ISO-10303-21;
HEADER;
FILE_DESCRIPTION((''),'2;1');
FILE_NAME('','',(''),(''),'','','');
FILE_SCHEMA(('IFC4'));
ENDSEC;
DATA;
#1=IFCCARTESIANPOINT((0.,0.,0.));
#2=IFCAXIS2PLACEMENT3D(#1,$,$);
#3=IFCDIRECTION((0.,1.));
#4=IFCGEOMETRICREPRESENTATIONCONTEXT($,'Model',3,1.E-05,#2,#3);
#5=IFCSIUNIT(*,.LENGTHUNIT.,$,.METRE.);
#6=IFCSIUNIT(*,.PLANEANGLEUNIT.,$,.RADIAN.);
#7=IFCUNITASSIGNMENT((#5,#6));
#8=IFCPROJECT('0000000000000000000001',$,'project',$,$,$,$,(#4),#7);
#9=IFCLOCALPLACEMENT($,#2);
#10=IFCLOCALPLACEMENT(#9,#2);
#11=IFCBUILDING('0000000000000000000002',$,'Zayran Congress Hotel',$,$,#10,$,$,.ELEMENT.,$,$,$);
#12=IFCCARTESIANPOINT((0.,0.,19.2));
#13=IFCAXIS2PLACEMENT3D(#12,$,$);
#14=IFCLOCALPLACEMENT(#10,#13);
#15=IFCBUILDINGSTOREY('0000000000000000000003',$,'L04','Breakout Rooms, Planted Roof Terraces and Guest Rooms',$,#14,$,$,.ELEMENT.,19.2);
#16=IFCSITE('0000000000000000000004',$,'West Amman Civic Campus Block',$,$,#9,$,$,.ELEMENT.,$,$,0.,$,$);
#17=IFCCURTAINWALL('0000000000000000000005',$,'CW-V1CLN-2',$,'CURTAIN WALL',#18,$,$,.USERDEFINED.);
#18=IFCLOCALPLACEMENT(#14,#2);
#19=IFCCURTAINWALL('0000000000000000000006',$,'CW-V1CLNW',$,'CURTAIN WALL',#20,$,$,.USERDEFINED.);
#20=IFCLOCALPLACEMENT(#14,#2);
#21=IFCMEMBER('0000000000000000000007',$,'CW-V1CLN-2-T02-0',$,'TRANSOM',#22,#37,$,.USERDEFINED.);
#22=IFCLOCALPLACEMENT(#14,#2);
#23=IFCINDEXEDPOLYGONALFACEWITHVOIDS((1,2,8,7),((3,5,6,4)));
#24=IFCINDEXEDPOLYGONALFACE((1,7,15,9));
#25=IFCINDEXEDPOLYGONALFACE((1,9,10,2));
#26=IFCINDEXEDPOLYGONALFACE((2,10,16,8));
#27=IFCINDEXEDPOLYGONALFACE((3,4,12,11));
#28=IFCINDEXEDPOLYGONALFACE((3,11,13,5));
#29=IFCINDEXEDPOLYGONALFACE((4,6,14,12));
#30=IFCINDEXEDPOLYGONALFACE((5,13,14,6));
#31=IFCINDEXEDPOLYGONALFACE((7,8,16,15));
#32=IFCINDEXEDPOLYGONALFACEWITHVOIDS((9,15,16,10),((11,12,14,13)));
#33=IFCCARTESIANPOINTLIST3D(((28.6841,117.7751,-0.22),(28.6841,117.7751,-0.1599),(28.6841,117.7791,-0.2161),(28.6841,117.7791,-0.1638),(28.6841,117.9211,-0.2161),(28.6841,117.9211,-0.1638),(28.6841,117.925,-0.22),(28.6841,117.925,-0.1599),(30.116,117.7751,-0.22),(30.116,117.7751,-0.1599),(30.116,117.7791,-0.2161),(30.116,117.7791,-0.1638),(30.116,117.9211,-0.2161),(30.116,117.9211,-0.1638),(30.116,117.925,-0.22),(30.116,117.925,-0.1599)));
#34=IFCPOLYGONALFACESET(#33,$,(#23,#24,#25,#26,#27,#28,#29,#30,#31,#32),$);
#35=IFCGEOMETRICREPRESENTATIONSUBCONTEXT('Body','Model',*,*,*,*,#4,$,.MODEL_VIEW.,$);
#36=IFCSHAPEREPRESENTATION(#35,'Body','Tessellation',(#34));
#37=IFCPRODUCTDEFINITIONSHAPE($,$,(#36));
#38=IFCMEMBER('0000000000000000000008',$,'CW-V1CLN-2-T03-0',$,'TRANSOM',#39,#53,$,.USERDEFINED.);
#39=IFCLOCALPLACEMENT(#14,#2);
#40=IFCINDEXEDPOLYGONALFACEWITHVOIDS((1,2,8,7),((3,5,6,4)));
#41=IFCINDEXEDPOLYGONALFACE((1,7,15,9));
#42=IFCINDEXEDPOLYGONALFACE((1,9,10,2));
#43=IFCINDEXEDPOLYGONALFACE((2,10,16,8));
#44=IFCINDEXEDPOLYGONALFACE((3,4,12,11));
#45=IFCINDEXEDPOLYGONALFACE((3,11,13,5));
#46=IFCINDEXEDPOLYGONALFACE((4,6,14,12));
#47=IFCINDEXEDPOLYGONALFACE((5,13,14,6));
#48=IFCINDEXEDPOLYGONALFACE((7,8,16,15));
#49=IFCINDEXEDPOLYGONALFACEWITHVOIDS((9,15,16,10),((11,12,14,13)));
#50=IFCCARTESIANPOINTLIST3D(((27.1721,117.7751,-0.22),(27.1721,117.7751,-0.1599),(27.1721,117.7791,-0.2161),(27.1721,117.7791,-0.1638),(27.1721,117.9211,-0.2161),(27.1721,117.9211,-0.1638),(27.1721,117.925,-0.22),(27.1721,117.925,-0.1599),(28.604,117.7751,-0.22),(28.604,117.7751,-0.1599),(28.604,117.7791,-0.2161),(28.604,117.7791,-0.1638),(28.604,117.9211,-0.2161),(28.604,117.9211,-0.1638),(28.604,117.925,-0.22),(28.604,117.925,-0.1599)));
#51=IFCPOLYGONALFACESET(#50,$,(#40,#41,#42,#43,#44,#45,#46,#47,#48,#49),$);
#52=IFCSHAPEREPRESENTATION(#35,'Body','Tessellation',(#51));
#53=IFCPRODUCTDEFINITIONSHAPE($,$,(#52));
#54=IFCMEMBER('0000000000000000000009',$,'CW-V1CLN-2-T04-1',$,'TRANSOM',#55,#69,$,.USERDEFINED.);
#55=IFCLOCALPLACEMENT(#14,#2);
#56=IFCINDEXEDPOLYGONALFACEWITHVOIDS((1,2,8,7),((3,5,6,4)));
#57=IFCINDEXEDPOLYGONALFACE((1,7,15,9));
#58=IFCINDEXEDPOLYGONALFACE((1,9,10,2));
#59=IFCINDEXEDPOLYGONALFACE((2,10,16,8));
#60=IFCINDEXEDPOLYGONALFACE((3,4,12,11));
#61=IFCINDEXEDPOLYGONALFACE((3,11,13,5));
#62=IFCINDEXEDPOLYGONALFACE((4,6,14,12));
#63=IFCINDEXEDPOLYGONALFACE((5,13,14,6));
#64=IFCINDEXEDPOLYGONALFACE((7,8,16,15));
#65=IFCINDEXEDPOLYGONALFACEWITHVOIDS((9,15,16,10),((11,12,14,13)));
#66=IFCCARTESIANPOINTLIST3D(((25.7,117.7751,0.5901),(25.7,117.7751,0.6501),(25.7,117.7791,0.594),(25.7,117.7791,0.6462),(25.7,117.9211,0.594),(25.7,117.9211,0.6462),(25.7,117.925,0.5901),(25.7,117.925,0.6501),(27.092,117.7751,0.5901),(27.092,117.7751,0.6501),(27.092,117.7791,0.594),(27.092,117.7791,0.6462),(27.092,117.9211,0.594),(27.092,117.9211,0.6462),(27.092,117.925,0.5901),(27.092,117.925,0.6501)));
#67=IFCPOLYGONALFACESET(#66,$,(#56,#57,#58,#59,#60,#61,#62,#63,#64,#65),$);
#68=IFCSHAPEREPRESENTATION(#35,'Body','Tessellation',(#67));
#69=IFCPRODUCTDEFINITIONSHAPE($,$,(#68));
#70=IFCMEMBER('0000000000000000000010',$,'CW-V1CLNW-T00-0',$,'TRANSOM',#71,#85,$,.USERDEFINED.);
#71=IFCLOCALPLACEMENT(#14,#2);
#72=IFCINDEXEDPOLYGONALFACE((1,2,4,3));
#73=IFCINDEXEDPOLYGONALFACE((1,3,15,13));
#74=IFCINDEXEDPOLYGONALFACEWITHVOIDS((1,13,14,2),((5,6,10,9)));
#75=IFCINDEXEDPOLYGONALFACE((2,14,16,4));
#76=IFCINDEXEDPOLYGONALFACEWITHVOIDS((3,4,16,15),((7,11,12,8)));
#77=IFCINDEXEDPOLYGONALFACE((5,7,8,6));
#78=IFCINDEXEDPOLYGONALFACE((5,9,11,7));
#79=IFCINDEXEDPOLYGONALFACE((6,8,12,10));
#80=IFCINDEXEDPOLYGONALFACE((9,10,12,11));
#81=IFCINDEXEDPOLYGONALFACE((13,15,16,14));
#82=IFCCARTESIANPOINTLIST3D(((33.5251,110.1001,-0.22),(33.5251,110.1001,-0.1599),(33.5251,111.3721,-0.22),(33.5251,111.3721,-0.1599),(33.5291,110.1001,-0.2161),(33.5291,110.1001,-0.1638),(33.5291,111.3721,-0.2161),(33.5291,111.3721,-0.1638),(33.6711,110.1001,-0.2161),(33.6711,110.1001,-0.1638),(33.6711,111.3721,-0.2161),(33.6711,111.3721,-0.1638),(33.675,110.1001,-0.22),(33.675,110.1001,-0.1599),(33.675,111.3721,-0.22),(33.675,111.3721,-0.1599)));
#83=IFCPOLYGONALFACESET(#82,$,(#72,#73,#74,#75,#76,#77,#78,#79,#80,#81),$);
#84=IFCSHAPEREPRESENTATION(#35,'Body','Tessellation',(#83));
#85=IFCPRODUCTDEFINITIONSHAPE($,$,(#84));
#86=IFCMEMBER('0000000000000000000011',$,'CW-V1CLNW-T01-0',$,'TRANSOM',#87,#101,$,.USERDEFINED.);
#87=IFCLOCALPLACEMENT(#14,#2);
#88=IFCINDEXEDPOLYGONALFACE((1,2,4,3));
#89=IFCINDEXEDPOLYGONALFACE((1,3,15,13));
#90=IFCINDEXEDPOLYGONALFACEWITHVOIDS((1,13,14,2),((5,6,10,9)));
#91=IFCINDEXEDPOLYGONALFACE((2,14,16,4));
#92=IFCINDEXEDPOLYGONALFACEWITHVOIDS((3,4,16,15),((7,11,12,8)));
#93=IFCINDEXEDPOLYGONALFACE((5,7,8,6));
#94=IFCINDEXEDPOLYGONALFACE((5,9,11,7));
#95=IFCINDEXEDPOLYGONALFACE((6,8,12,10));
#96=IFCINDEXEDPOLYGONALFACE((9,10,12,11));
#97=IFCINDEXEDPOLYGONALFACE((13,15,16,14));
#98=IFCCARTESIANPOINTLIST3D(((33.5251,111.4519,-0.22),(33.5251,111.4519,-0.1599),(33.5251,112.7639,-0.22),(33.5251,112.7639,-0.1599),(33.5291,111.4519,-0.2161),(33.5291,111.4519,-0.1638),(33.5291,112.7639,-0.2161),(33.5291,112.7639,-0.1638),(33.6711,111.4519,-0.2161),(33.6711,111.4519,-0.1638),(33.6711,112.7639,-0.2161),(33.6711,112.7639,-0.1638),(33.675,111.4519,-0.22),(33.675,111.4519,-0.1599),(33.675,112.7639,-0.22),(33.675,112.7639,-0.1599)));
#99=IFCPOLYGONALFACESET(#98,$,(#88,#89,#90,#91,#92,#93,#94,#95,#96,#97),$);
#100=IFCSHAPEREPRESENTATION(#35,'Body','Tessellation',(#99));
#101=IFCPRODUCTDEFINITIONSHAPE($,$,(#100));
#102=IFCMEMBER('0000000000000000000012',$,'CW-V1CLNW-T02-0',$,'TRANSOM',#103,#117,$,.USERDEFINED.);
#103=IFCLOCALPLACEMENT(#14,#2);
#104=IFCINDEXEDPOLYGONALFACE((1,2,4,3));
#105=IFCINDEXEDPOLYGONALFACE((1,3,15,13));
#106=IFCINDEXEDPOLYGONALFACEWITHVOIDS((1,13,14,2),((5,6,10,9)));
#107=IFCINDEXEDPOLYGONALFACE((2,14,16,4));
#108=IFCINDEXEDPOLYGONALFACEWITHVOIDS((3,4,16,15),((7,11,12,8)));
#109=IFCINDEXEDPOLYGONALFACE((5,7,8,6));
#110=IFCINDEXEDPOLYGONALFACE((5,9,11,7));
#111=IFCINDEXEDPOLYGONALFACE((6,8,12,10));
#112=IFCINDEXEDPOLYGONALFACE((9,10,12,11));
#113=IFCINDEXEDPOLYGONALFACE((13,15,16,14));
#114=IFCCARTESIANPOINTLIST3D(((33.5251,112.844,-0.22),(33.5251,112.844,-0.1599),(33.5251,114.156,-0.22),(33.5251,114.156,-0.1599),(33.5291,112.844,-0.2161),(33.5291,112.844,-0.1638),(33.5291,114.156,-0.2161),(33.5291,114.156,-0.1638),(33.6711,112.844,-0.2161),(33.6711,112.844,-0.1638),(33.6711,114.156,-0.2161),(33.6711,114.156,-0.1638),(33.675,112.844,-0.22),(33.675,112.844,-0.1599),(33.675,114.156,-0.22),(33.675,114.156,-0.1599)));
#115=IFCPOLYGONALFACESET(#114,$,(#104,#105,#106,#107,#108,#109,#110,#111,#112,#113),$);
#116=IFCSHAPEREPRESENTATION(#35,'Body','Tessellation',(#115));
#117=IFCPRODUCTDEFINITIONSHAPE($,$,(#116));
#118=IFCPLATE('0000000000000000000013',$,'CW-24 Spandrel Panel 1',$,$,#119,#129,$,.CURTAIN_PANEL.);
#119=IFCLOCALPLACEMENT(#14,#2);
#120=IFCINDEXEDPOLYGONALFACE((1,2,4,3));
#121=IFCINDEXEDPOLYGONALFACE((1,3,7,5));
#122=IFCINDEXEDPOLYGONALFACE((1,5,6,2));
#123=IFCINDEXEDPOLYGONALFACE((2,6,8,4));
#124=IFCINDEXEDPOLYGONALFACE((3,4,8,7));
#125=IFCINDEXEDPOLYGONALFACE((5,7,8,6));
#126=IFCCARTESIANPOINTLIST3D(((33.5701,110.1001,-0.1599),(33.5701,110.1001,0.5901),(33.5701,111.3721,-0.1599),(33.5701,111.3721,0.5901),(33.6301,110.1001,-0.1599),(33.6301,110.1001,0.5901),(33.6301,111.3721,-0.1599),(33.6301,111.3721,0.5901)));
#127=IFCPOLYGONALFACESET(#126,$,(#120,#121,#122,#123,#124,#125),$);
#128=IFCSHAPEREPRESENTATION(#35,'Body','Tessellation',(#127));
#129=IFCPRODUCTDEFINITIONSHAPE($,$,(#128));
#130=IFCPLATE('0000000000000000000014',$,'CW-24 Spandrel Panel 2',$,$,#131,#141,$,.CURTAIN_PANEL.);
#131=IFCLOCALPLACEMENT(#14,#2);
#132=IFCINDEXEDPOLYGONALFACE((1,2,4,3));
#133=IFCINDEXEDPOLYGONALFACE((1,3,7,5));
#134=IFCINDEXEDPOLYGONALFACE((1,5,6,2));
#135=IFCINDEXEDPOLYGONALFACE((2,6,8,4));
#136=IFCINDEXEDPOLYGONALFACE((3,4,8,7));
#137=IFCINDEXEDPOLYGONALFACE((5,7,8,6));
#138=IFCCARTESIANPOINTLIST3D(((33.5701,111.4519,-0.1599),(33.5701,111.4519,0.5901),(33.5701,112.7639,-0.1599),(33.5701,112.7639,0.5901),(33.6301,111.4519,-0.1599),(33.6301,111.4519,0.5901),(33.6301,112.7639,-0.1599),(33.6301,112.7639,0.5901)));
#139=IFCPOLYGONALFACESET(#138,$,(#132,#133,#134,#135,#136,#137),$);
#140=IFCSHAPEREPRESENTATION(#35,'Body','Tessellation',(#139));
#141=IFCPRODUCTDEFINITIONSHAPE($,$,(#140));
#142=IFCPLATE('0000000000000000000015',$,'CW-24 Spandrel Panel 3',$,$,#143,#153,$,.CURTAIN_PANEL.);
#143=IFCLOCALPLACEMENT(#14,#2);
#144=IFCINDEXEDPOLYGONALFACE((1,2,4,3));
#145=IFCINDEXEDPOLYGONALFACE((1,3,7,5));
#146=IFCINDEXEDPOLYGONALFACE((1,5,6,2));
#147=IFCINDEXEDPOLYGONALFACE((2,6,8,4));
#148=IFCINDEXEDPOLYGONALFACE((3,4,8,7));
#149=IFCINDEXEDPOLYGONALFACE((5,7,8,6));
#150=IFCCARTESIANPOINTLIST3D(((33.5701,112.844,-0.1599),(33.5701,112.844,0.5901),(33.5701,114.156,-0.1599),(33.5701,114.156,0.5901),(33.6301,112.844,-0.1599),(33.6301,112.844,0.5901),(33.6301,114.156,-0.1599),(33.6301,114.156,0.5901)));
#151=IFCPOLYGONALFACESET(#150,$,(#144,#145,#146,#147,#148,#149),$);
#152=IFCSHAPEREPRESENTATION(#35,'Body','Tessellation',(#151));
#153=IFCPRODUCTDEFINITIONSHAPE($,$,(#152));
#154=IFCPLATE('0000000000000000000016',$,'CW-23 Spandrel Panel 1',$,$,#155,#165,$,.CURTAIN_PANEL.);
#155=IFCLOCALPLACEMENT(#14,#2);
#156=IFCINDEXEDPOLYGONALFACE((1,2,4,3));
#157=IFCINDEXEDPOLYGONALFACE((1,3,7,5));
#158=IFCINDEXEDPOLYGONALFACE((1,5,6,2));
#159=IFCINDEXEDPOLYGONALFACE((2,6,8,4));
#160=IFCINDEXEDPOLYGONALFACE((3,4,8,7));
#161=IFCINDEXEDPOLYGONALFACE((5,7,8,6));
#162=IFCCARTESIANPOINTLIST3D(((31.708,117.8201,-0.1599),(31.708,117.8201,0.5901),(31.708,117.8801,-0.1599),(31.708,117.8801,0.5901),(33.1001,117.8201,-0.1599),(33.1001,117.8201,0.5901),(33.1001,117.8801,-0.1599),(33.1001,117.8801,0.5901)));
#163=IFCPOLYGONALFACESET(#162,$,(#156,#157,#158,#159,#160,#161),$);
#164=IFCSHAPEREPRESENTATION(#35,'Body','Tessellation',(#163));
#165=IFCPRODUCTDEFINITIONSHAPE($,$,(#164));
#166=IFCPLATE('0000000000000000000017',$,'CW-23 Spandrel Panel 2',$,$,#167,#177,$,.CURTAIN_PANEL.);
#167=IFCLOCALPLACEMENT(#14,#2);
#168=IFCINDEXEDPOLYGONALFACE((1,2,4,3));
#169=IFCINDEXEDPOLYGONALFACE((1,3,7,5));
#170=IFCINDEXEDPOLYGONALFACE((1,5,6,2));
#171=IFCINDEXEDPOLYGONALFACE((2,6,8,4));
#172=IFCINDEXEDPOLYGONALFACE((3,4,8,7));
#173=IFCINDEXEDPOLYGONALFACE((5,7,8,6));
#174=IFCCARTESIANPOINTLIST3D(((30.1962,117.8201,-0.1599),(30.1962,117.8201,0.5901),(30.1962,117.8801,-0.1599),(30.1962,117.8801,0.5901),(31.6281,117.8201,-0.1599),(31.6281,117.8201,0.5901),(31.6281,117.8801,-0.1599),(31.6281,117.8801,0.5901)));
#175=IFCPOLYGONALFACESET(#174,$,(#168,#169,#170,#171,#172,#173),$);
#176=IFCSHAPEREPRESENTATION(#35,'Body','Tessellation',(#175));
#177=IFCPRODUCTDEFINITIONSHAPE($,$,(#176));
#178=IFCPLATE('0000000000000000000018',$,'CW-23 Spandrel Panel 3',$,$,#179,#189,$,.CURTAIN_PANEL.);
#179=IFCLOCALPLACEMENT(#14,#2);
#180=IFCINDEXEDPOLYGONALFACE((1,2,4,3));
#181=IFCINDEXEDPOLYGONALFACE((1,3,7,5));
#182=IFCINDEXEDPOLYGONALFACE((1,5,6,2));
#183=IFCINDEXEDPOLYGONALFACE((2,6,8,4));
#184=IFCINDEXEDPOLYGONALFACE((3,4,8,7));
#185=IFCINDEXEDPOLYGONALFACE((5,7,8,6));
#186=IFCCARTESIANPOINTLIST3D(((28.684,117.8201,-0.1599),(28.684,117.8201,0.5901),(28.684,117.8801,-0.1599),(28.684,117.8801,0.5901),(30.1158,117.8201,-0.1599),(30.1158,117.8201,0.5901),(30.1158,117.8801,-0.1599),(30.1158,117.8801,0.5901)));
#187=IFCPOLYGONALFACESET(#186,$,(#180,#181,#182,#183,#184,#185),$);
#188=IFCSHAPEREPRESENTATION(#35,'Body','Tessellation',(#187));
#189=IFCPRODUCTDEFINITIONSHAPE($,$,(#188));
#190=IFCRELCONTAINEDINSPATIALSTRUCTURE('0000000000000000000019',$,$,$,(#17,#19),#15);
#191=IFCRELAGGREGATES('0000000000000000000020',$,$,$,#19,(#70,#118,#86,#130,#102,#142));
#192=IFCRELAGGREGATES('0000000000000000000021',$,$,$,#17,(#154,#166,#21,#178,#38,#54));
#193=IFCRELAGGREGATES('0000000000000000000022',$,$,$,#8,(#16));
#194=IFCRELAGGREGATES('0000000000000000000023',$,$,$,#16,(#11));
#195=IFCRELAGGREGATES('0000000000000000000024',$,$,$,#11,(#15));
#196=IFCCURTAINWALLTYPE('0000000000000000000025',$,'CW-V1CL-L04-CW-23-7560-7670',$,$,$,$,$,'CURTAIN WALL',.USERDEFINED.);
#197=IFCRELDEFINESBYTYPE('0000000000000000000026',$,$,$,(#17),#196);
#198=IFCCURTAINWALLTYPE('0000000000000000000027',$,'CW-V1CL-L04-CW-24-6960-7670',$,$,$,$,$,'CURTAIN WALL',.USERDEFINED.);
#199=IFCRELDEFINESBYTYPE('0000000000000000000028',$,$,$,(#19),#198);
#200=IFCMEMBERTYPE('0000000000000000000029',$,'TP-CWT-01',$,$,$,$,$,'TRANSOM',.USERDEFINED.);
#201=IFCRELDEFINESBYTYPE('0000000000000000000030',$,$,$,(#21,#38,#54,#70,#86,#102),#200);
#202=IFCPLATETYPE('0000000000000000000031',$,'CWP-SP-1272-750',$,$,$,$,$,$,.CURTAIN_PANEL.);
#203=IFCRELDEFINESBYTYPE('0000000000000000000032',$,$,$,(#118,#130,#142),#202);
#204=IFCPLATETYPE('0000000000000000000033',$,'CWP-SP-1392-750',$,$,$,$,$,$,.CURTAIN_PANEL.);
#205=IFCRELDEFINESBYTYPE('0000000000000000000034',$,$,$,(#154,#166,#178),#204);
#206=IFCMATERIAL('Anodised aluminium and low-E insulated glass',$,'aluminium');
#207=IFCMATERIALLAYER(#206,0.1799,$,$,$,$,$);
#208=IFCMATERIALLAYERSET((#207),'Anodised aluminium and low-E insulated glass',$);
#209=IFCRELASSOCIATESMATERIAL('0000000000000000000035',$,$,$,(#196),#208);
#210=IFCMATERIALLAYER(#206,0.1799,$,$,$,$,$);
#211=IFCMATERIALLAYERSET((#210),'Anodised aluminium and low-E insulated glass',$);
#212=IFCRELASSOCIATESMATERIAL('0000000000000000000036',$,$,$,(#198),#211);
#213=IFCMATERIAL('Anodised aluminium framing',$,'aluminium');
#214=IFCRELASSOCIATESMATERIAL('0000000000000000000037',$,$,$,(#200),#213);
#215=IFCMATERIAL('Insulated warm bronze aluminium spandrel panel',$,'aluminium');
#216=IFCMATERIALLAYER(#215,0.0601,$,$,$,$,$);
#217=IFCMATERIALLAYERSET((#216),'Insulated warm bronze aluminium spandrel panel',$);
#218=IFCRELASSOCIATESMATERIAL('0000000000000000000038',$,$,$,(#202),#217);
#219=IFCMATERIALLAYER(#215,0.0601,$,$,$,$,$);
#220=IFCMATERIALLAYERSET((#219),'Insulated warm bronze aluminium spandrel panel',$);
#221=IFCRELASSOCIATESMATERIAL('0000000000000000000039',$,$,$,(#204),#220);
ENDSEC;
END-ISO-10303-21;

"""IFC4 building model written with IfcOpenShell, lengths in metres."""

from ifc_helpers import new_model, si_unit, direction, frame, origin, origin_2d, place, context, subcontext, project, spatial, rectangle, hollow_rectangle, extrude, material, layer, layer_set, material_profile, profile_set, type_object, element, aggregate, save


model = new_model("IFC4")

# Units and contexts
model_context = context("Model", 3, precision=1e-05, world=origin(), true_north=direction((0.0, 1.0)))
body_context = subcontext(model_context, "Body", "Model", "MODEL_VIEW")
ifc_project = project(units=[si_unit("LENGTHUNIT", "METRE"), si_unit("PLANEANGLEUNIT", "RADIAN")], contexts=[model_context])

# Site, building, storey
site_placement = place(None, origin())
site = spatial("IfcSite", under=ifc_project, at=site_placement, Name="West Amman Civic Campus Block", CompositionType="ELEMENT", RefElevation=0.0)
building_placement = place(site_placement, origin())
building = spatial("IfcBuilding", under=site, at=building_placement, Name="Zayran Congress Hotel", CompositionType="ELEMENT")
storey_placement = place(building_placement, frame((0.0, 0.0, 19.2)))
storey = spatial("IfcBuildingStorey", under=building, at=storey_placement, Name="L04", Description="Breakout Rooms, Planted Roof Terraces and Guest Rooms", CompositionType="ELEMENT", Elevation=19.2)

# Curtain walls
ifc_material_1 = material(Name="Anodised aluminium and low-E insulated glass", Category="aluminium")
ifc_layer_1 = layer(ifc_material_1, 0.1799)
ifc_layer_set_1 = layer_set([ifc_layer_1], Name="Anodised aluminium and low-E insulated glass")
curtain_wall_type_1 = type_object("IfcCurtainWallType", Name="CW-V1CL-L04-CW-23-7560-7670", ElementType="CURTAIN WALL", PredefinedType="USERDEFINED", material=ifc_layer_set_1)
curtain_wall_1_placement = place(storey_placement, origin())
curtain_wall_1 = element("IfcCurtainWall", 1, at=curtain_wall_1_placement, inside=storey, type_object=curtain_wall_type_1, Name="CW-V1CLN-2", ObjectType="CURTAIN WALL", PredefinedType="USERDEFINED")
ifc_material_2 = material(Name="Anodised aluminium framing", Category="aluminium")
ifc_layer_2 = layer(ifc_material_1, 0.1799)
ifc_layer_set_2 = layer_set([ifc_layer_2], Name="Anodised aluminium and low-E insulated glass")
curtain_wall_type_2 = type_object("IfcCurtainWallType", Name="CW-V1CL-L04-CW-24-6960-7670", ElementType="CURTAIN WALL", PredefinedType="USERDEFINED", material=ifc_layer_set_2)
curtain_wall_2_placement = place(storey_placement, origin())
curtain_wall_2 = element("IfcCurtainWall", 2, at=curtain_wall_2_placement, inside=storey, type_object=curtain_wall_type_2, Name="CW-V1CLNW", ObjectType="CURTAIN WALL", PredefinedType="USERDEFINED")

# Members
ifc_material_profile_1 = material_profile(ifc_material_2, hollow_rectangle(XDim=0.0601, YDim=0.1499, WallThickness=0.0039, at=origin_2d()), Name="RHS 150x60x4")
ifc_profile_set_1 = profile_set([ifc_material_profile_1], Name="Anodised aluminium framing")
member_type_1 = type_object("IfcMemberType", Name="TP-CWT-01", ElementType="TRANSOM", PredefinedType="USERDEFINED", material=ifc_profile_set_1)
member_1_placement = place(storey_placement, frame((30.116, 117.8501, -0.1899), z_axis=(-1.0, 0.0, 0.0), x_axis=(0.0, 0.0, 1.0)))
member_1 = element("IfcMember", 3, at=member_1_placement, type_object=member_type_1, Name="CW-V1CLN-2-T02-0", ObjectType="TRANSOM", PredefinedType="USERDEFINED", context=body_context, shape_type="SweptSolid", body=[
    extrude(hollow_rectangle(XDim=0.0601, YDim=0.1499, WallThickness=0.0039, at=origin_2d()), origin(), (0.0, 0.0, 1.0), 1.4319),
])
member_2_placement = place(storey_placement, frame((28.604, 117.8501, -0.1899), z_axis=(-1.0, 0.0, 0.0), x_axis=(0.0, 0.0, 1.0)))
member_2 = element("IfcMember", 4, at=member_2_placement, type_object=member_type_1, Name="CW-V1CLN-2-T03-0", ObjectType="TRANSOM", PredefinedType="USERDEFINED", context=body_context, shape_type="SweptSolid", body=[
    extrude(hollow_rectangle(XDim=0.0601, YDim=0.1499, WallThickness=0.0039, at=origin_2d()), origin(), (0.0, 0.0, 1.0), 1.4319),
])
member_3_placement = place(storey_placement, frame((27.092, 117.8501, 0.6201), z_axis=(-1.0, 0.0, 0.0), x_axis=(0.0, 0.0, 1.0)))
member_3 = element("IfcMember", 5, at=member_3_placement, type_object=member_type_1, Name="CW-V1CLN-2-T04-1", ObjectType="TRANSOM", PredefinedType="USERDEFINED", context=body_context, shape_type="SweptSolid", body=[
    extrude(hollow_rectangle(XDim=0.0601, YDim=0.1499, WallThickness=0.0039, at=origin_2d()), origin(), (0.0, 0.0, 1.0), 1.3921),
])
member_4_placement = place(storey_placement, frame((33.6001, 110.1001, -0.1899), z_axis=(0.0, 1.0, 0.0), x_axis=(0.0, 0.0, 1.0)))
member_4 = element("IfcMember", 6, at=member_4_placement, type_object=member_type_1, Name="CW-V1CLNW-T00-0", ObjectType="TRANSOM", PredefinedType="USERDEFINED", context=body_context, shape_type="SweptSolid", body=[
    extrude(hollow_rectangle(XDim=0.0601, YDim=0.1499, WallThickness=0.0039, at=origin_2d()), origin(), (0.0, 0.0, 1.0), 1.272),
])
member_5_placement = place(storey_placement, frame((33.6001, 111.4519, -0.1899), z_axis=(0.0, 1.0, 0.0), x_axis=(0.0, 0.0, 1.0)))
member_5 = element("IfcMember", 7, at=member_5_placement, type_object=member_type_1, Name="CW-V1CLNW-T01-0", ObjectType="TRANSOM", PredefinedType="USERDEFINED", context=body_context, shape_type="SweptSolid", body=[
    extrude(hollow_rectangle(XDim=0.0601, YDim=0.1499, WallThickness=0.0039, at=origin_2d()), origin(), (0.0, 0.0, 1.0), 1.312),
])
member_6_placement = place(storey_placement, frame((33.6001, 112.844, -0.1899), z_axis=(0.0, 1.0, 0.0), x_axis=(0.0, 0.0, 1.0)))
member_6 = element("IfcMember", 8, at=member_6_placement, type_object=member_type_1, Name="CW-V1CLNW-T02-0", ObjectType="TRANSOM", PredefinedType="USERDEFINED", context=body_context, shape_type="SweptSolid", body=[
    extrude(hollow_rectangle(XDim=0.0601, YDim=0.1499, WallThickness=0.0039, at=origin_2d()), origin(), (0.0, 0.0, 1.0), 1.312),
])

# Plates
ifc_material_3 = material(Name="Insulated warm bronze aluminium spandrel panel", Category="aluminium")
ifc_layer_3 = layer(ifc_material_3, 0.0601)
ifc_layer_set_3 = layer_set([ifc_layer_3], Name="Insulated warm bronze aluminium spandrel panel")
plate_type_1 = type_object("IfcPlateType", Name="CWP-SP-1272-750", PredefinedType="CURTAIN_PANEL", material=ifc_layer_set_3)
plate_1_placement = place(storey_placement, frame((33.6001, 110.7361, -0.1599), z_axis=(0.0, 0.0, 1.0), x_axis=(0.0, 1.0, 0.0)))
plate_1 = element("IfcPlate", 9, at=plate_1_placement, type_object=plate_type_1, Name="CW-24 Spandrel Panel 1", PredefinedType="CURTAIN_PANEL", context=body_context, shape_type="SweptSolid", body=[
    extrude(rectangle(XDim=1.272, YDim=0.0601, at=origin_2d()), origin(), (0.0, 0.0, 1.0), 0.75),
])
plate_2_placement = place(storey_placement, frame((33.6001, 112.1079, -0.1599), z_axis=(0.0, 0.0, 1.0), x_axis=(0.0, 1.0, 0.0)))
plate_2 = element("IfcPlate", 10, at=plate_2_placement, type_object=plate_type_1, Name="CW-24 Spandrel Panel 2", PredefinedType="CURTAIN_PANEL", context=body_context, shape_type="SweptSolid", body=[
    extrude(rectangle(XDim=1.312, YDim=0.0601, at=origin_2d()), origin(), (0.0, 0.0, 1.0), 0.75),
])
plate_3_placement = place(storey_placement, frame((33.6001, 113.5, -0.1599), z_axis=(0.0, 0.0, 1.0), x_axis=(0.0, 1.0, 0.0)))
plate_3 = element("IfcPlate", 11, at=plate_3_placement, type_object=plate_type_1, Name="CW-24 Spandrel Panel 3", PredefinedType="CURTAIN_PANEL", context=body_context, shape_type="SweptSolid", body=[
    extrude(rectangle(XDim=1.312, YDim=0.0601, at=origin_2d()), origin(), (0.0, 0.0, 1.0), 0.75),
])
aggregate(curtain_wall_2, [member_4, plate_1, member_5, plate_2, member_6, plate_3])
ifc_layer_4 = layer(ifc_material_3, 0.0601)
ifc_layer_set_4 = layer_set([ifc_layer_4], Name="Insulated warm bronze aluminium spandrel panel")
plate_type_2 = type_object("IfcPlateType", Name="CWP-SP-1392-750", PredefinedType="CURTAIN_PANEL", material=ifc_layer_set_4)
plate_4_placement = place(storey_placement, frame((32.4041, 117.8501, -0.1599), z_axis=(0.0, 0.0, 1.0), x_axis=(1.0, 0.0, 0.0)))
plate_4 = element("IfcPlate", 12, at=plate_4_placement, type_object=plate_type_2, Name="CW-23 Spandrel Panel 1", PredefinedType="CURTAIN_PANEL", context=body_context, shape_type="SweptSolid", body=[
    extrude(rectangle(XDim=1.3921, YDim=0.0601, at=origin_2d()), origin(), (0.0, 0.0, 1.0), 0.75),
])
plate_5_placement = place(storey_placement, frame((30.9121, 117.8501, -0.1599), z_axis=(0.0, 0.0, 1.0), x_axis=(1.0, 0.0, 0.0)))
plate_5 = element("IfcPlate", 13, at=plate_5_placement, type_object=plate_type_2, Name="CW-23 Spandrel Panel 2", PredefinedType="CURTAIN_PANEL", context=body_context, shape_type="SweptSolid", body=[
    extrude(rectangle(XDim=1.4319, YDim=0.0601, at=origin_2d()), origin(), (0.0, 0.0, 1.0), 0.75),
])
plate_6_placement = place(storey_placement, frame((29.3999, 117.8501, -0.1599), z_axis=(0.0, 0.0, 1.0), x_axis=(1.0, 0.0, 0.0)))
plate_6 = element("IfcPlate", 14, at=plate_6_placement, type_object=plate_type_2, Name="CW-23 Spandrel Panel 3", PredefinedType="CURTAIN_PANEL", context=body_context, shape_type="SweptSolid", body=[
    extrude(rectangle(XDim=1.4319, YDim=0.0601, at=origin_2d()), origin(), (0.0, 0.0, 1.0), 0.75),
])
aggregate(curtain_wall_1, [plate_4, plate_5, member_1, plate_6, member_2, member_3])

save(model, "model.ifc")
